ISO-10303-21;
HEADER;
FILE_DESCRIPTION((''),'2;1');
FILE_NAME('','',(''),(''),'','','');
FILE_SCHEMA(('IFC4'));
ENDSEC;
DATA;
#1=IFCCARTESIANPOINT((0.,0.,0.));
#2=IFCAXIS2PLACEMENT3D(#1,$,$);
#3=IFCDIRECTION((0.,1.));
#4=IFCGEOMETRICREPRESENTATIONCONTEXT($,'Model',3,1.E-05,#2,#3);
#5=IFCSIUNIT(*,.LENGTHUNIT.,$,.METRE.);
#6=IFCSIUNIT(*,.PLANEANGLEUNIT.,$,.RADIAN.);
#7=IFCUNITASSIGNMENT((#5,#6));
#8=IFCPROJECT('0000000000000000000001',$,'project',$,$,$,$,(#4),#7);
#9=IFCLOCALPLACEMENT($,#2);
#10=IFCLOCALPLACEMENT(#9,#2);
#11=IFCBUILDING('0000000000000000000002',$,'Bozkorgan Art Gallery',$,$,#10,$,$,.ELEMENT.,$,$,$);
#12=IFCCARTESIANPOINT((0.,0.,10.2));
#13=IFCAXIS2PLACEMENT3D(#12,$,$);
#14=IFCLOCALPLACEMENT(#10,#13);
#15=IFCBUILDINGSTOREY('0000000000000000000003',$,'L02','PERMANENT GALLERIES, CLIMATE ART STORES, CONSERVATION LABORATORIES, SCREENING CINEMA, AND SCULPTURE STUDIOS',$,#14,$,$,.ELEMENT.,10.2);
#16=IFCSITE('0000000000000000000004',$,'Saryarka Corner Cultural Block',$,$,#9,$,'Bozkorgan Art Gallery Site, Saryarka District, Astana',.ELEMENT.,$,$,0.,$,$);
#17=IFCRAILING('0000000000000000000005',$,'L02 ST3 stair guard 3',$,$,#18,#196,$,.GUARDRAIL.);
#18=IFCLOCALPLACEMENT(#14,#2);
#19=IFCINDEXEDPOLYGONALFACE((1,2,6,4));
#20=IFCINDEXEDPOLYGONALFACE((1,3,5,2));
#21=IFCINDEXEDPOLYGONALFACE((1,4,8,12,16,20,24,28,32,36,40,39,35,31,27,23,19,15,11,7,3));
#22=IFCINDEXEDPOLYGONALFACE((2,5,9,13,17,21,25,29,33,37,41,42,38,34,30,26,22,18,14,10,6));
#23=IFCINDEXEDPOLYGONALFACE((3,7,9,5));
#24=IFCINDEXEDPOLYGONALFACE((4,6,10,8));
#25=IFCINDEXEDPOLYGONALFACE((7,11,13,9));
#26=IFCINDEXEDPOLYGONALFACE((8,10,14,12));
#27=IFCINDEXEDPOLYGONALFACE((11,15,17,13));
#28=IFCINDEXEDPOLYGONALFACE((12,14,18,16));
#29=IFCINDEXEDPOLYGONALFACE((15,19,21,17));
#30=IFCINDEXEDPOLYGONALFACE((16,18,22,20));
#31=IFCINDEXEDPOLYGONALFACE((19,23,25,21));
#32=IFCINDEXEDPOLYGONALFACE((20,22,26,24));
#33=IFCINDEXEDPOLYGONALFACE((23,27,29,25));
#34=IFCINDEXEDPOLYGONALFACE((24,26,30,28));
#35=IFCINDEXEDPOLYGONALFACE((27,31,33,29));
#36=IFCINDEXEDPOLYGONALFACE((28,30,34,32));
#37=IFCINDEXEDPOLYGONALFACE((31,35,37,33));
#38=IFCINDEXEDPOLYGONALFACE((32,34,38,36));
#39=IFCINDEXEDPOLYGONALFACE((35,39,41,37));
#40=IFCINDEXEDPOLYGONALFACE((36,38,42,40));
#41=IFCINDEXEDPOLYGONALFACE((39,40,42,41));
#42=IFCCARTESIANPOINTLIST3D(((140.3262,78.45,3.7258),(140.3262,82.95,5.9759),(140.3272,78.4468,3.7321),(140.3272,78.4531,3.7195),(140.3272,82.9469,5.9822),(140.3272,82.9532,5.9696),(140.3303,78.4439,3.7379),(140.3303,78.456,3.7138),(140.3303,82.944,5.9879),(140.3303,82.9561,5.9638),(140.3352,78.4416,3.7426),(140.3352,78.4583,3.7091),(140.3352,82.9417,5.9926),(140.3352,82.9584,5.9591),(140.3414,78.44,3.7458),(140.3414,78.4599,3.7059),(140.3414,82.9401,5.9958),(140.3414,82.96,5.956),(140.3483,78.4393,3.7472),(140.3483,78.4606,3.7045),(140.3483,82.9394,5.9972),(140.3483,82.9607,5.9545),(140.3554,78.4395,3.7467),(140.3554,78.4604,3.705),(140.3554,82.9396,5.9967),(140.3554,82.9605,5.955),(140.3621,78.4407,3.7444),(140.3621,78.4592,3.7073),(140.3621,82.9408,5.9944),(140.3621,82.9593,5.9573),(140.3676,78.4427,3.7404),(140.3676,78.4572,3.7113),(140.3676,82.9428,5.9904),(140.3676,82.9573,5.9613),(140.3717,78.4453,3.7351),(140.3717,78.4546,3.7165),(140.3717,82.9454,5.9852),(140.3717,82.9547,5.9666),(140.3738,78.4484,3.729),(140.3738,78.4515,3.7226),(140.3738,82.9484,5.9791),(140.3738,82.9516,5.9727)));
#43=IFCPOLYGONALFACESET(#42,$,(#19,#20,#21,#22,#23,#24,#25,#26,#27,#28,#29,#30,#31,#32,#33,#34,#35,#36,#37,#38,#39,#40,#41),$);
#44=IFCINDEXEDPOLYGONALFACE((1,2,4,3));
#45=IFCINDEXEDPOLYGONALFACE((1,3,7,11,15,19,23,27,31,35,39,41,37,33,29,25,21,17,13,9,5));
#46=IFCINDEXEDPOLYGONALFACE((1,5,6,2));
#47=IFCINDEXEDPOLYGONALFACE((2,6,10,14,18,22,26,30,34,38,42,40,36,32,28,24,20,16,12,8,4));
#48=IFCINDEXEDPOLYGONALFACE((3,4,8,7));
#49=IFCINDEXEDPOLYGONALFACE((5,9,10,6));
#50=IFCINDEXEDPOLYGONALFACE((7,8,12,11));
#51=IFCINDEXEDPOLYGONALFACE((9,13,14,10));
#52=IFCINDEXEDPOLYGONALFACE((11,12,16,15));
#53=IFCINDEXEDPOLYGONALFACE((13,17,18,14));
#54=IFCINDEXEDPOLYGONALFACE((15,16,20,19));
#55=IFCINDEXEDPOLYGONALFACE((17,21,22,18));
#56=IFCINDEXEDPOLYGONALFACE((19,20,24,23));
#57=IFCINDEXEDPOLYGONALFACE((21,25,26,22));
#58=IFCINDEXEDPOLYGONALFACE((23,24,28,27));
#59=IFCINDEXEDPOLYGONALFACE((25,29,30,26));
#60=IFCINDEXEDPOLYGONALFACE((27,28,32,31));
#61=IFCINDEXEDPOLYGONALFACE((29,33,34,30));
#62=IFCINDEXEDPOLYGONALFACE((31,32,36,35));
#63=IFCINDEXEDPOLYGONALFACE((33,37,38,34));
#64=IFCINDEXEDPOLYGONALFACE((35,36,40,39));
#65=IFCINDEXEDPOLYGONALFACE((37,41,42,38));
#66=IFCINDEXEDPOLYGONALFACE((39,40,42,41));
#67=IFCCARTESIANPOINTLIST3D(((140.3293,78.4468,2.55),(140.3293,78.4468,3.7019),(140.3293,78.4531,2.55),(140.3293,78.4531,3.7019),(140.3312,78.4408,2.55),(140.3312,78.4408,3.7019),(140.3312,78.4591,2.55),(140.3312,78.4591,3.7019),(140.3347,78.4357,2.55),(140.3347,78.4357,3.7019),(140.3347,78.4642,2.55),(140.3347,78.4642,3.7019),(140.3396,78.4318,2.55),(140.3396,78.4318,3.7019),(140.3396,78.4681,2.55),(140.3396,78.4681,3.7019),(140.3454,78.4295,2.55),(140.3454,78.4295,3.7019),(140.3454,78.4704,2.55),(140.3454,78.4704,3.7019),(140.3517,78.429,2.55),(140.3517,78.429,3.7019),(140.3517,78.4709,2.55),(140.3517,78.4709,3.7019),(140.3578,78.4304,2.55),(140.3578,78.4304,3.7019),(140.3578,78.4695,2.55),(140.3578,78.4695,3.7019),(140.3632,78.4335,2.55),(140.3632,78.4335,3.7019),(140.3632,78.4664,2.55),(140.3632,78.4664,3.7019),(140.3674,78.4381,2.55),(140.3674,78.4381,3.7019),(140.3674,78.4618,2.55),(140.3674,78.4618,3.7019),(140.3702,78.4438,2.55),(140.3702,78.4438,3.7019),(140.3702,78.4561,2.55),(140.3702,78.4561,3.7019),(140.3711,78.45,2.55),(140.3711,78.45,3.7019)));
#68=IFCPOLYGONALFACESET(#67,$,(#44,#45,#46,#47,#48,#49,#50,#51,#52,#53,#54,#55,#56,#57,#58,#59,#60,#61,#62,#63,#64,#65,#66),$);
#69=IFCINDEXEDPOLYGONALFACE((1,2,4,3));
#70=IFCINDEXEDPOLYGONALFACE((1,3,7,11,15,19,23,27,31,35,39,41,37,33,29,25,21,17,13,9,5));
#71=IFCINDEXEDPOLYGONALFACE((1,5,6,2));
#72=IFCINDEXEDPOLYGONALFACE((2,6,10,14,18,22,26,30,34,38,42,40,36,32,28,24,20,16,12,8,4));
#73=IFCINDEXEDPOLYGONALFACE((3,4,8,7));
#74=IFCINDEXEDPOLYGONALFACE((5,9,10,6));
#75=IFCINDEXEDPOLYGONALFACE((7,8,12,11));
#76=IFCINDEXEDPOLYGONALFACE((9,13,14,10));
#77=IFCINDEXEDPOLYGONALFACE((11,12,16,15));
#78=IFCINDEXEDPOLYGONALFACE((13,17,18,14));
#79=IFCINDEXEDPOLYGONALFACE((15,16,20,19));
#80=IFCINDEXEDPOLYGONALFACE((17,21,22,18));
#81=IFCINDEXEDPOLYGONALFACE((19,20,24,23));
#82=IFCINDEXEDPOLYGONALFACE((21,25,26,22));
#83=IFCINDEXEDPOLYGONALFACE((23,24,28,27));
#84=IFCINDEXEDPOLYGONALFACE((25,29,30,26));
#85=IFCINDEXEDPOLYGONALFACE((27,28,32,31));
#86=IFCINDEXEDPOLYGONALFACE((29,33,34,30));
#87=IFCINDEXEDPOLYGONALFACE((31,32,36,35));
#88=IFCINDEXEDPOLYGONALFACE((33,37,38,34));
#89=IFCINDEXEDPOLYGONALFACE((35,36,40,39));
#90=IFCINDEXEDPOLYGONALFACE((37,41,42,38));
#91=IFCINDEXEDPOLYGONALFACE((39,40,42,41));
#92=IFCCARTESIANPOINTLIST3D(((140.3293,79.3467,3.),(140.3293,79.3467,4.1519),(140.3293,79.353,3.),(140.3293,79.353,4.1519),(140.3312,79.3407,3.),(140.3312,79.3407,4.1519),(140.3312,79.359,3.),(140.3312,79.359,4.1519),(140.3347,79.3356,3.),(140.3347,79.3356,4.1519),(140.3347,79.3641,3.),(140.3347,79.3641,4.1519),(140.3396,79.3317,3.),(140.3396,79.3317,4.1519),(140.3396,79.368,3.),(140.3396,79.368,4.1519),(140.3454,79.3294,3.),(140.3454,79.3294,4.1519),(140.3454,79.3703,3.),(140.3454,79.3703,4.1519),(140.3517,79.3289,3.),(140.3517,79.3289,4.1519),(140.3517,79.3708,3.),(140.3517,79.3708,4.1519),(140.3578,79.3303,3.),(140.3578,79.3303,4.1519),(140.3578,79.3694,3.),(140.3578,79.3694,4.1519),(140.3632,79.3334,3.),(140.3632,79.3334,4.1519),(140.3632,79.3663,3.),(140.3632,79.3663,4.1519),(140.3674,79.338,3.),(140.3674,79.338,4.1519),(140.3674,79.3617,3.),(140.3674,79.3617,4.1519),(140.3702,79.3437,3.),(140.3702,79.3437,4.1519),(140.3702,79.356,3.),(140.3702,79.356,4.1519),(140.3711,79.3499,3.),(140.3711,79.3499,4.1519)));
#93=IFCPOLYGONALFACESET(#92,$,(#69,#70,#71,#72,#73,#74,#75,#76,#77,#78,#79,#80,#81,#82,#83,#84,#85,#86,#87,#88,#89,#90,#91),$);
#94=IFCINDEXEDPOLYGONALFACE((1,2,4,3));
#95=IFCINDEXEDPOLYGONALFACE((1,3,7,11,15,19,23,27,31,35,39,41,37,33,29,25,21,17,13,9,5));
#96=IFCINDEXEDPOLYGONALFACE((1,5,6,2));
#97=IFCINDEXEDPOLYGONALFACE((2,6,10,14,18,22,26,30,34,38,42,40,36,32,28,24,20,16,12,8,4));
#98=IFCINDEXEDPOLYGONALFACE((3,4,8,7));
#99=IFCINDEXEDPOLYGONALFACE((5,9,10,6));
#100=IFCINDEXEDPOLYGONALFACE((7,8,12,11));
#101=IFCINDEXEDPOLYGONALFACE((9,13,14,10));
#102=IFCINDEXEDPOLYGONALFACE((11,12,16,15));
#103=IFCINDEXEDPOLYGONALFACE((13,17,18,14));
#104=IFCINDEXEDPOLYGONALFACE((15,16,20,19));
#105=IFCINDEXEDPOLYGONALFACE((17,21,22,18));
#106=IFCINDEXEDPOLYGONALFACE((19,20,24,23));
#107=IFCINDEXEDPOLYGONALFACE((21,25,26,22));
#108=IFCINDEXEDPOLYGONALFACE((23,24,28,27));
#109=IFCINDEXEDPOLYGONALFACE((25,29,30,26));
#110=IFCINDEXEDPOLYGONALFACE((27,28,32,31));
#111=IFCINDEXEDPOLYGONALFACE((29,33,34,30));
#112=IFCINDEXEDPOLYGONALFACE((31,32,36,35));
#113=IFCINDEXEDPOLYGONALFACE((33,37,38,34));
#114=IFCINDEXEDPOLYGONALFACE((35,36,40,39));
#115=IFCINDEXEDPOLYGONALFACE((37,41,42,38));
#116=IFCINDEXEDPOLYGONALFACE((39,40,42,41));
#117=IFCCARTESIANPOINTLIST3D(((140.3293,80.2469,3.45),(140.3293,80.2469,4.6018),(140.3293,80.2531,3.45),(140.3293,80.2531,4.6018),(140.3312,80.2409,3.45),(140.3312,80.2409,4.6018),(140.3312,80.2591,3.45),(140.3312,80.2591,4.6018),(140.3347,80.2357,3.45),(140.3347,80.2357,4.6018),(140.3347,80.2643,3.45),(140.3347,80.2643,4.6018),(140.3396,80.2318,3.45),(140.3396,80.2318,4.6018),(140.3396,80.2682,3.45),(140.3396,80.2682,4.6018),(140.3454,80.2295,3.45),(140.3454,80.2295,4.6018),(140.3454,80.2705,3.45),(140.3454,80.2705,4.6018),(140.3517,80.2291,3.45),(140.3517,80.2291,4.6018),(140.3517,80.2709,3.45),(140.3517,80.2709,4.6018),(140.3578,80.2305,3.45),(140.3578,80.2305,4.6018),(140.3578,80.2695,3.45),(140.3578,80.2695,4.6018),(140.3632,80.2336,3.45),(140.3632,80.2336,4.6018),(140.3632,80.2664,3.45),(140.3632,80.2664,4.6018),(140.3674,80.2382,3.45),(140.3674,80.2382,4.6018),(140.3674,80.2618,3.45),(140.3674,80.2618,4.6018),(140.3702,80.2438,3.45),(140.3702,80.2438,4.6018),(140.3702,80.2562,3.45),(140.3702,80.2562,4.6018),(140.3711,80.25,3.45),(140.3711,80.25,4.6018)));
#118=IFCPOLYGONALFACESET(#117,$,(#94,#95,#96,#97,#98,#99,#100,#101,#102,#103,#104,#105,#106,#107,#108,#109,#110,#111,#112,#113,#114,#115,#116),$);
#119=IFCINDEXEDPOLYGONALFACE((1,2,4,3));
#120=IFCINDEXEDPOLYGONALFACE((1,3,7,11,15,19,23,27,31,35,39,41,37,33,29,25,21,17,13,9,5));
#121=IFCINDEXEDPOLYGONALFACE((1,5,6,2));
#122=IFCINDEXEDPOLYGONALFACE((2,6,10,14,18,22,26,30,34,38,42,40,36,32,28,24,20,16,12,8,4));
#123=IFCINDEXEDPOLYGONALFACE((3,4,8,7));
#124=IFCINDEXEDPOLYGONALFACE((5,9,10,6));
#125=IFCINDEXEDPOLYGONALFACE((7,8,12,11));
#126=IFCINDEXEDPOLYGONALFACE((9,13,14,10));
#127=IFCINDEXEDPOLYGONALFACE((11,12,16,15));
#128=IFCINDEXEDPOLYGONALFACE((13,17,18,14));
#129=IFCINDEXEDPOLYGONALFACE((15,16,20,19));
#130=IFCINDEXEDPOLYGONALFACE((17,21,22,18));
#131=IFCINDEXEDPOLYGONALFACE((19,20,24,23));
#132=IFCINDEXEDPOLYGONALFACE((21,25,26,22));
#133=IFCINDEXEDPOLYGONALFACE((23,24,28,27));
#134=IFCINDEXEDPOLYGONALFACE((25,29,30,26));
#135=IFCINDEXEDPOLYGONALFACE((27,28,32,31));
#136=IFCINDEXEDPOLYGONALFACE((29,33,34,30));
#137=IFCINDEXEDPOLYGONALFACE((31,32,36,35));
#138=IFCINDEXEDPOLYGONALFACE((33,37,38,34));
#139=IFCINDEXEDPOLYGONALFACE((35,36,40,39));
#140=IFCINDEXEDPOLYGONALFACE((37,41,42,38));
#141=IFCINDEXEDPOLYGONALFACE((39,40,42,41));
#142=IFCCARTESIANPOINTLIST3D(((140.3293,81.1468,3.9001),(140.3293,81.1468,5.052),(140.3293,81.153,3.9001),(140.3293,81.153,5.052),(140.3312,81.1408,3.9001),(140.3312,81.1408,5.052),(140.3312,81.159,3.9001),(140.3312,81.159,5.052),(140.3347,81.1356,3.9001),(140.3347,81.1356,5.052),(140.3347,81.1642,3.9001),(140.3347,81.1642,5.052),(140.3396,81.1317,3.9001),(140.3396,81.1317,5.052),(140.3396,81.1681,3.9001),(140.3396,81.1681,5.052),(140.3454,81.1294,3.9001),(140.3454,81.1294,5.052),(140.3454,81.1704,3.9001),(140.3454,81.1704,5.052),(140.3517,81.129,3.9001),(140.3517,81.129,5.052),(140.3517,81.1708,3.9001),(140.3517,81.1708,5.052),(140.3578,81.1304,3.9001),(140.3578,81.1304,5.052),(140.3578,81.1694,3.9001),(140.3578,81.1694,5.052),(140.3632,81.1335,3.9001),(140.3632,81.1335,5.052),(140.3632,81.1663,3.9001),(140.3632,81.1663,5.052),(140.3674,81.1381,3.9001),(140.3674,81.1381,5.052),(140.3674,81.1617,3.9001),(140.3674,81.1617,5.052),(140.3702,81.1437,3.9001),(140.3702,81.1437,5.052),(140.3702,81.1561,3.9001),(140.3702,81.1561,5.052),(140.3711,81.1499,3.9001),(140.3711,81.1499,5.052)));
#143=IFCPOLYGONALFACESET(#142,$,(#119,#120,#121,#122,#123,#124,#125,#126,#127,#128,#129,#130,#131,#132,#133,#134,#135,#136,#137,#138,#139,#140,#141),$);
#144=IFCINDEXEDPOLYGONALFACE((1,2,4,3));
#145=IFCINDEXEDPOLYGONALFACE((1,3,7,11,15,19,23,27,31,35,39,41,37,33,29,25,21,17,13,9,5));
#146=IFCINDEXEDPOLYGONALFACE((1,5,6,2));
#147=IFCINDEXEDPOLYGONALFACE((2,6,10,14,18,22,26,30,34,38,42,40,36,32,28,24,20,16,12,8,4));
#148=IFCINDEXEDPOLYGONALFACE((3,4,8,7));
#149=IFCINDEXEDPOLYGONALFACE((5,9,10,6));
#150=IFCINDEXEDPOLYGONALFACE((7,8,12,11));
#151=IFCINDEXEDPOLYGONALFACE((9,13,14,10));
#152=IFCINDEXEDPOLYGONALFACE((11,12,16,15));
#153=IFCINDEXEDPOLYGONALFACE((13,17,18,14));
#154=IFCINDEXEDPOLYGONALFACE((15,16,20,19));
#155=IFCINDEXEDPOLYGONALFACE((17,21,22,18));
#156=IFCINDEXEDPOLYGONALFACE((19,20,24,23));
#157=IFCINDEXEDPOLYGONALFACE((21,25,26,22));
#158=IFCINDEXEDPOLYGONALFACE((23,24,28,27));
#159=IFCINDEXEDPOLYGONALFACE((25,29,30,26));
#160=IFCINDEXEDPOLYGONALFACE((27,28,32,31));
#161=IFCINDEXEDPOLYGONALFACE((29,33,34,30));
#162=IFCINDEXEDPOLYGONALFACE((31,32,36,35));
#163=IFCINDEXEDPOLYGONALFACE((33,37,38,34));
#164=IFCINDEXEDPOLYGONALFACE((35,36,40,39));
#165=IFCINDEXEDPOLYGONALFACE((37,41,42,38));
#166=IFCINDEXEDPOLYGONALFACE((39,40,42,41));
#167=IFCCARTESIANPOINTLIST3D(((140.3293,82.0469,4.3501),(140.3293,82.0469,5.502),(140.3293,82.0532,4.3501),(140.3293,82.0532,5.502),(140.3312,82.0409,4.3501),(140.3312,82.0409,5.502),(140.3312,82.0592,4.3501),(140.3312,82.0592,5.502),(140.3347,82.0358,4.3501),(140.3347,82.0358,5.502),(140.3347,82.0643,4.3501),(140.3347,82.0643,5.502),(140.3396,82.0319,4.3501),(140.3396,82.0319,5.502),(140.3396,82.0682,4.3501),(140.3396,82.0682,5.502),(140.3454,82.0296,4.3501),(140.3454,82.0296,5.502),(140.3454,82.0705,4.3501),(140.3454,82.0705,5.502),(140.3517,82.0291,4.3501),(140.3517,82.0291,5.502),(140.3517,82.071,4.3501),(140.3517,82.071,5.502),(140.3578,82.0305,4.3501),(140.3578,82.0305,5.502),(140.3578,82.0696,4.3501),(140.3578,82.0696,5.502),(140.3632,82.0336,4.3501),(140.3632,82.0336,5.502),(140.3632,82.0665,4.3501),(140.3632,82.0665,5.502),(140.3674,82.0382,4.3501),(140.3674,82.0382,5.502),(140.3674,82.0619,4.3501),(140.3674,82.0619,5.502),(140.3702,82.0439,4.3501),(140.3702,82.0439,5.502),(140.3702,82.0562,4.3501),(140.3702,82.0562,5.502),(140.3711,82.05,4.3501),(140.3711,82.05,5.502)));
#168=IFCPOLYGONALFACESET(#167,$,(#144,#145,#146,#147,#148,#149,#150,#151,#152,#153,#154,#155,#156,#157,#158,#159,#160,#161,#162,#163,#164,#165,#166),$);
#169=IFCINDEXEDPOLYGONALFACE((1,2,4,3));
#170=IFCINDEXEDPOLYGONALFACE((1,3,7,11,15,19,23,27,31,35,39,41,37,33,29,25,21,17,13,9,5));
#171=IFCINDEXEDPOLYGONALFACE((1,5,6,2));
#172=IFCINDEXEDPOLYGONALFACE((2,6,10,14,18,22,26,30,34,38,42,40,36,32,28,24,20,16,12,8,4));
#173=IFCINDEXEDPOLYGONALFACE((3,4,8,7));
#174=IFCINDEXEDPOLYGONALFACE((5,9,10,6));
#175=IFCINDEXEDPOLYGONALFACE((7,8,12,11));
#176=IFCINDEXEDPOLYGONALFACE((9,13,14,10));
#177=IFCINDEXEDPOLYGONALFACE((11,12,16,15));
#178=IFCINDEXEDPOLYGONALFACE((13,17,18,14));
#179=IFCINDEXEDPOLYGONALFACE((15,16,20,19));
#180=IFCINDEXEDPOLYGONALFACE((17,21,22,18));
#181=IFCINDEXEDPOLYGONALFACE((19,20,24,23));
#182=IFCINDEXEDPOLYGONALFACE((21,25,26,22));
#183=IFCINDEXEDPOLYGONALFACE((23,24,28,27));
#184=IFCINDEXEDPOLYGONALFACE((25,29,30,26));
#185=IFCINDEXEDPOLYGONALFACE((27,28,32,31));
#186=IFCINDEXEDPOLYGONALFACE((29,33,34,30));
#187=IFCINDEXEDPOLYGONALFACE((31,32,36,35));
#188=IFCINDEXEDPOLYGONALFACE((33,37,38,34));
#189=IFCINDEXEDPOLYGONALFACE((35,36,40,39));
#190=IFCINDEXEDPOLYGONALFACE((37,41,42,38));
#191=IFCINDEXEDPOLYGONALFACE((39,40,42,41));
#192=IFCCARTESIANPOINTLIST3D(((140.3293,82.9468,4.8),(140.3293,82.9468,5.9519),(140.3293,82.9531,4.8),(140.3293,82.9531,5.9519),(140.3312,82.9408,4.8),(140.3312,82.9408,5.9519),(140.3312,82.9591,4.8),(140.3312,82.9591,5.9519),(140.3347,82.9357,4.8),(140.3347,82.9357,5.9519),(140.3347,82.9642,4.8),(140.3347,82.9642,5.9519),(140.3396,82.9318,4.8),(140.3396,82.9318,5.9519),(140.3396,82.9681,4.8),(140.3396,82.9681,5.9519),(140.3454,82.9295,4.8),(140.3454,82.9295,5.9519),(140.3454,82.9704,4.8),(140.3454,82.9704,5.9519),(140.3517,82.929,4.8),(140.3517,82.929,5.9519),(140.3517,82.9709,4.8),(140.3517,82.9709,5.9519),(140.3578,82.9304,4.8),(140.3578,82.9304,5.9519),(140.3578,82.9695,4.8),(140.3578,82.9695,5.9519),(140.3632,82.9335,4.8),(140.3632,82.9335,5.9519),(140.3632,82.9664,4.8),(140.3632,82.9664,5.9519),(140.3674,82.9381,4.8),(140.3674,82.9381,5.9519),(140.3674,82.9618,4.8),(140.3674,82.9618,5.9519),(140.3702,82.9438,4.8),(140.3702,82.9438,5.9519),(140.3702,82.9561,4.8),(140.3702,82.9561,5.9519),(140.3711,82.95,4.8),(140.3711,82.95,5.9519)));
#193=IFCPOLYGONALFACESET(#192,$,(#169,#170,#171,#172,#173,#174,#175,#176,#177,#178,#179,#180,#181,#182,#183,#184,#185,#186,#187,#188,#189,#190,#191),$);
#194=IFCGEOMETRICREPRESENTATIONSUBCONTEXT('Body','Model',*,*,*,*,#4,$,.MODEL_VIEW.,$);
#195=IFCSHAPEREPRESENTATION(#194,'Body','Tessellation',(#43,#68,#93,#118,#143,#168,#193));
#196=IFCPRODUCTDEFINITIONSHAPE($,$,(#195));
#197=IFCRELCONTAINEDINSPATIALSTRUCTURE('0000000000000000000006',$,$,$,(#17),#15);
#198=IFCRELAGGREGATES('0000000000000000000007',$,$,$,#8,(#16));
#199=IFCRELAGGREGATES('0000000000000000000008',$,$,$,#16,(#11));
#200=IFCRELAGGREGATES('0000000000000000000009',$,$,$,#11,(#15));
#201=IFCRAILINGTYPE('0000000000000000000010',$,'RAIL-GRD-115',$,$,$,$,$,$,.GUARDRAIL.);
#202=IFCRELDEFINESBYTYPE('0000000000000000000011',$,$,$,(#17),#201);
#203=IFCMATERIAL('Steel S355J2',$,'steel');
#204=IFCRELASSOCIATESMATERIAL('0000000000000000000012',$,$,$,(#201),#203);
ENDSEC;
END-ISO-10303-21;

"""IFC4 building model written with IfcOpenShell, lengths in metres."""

from ifc_helpers import new_model, si_unit, direction, frame, origin, origin_2d, place, context, subcontext, project, spatial, circle, extrude, material, type_object, element, save


model = new_model("IFC4")

# Units and contexts
model_context = context("Model", 3, precision=1e-05, world=origin(), true_north=direction((0.0, 1.0)))
body_context = subcontext(model_context, "Body", "Model", "MODEL_VIEW")
ifc_project = project(units=[si_unit("LENGTHUNIT", "METRE"), si_unit("PLANEANGLEUNIT", "RADIAN")], contexts=[model_context])

# Site, building, storey
site_placement = place(None, origin())
site = spatial("IfcSite", under=ifc_project, at=site_placement, Name="Saryarka Corner Cultural Block", LongName="Bozkorgan Art Gallery Site, Saryarka District, Astana", CompositionType="ELEMENT", RefElevation=0.0)
building_placement = place(site_placement, origin())
building = spatial("IfcBuilding", under=site, at=building_placement, Name="Bozkorgan Art Gallery", CompositionType="ELEMENT")
storey_placement = place(building_placement, frame((0.0, 0.0, 10.2)))
storey = spatial("IfcBuildingStorey", under=building, at=storey_placement, Name="L02", Description="PERMANENT GALLERIES, CLIMATE ART STORES, CONSERVATION LABORATORIES, SCREENING CINEMA, AND SCULPTURE STUDIOS", CompositionType="ELEMENT", Elevation=10.2)

# Shared definitions
ifc_material_1 = material(Name="Steel S355J2", Category="steel")

# Railing
railing_type_1 = type_object("IfcRailingType", Name="RAIL-GRD-115", PredefinedType="GUARDRAIL", material=ifc_material_1)
railing_1_placement = place(storey_placement, frame((140.3501, 78.45, 2.55)))
element("IfcRailing", 1, at=railing_1_placement, inside=storey, type_object=railing_type_1, Name="L02 ST3 stair guard 3", PredefinedType="GUARDRAIL", context=body_context, shape_type="SweptSolid", body=[
    extrude(circle(Radius=0.0239, at=origin_2d()), frame((0.0, 0.0, 1.1758), z_axis=(0.0, 0.894427, 0.447214), x_axis=(-1.0, 0.0, 0.0)), (0.0, 0.0, 1.0), 5.0312),
    extrude(circle(Radius=0.021, at=origin_2d()), origin(), (0.0, 0.0, 1.0), 1.1519),
    extrude(circle(Radius=0.021, at=origin_2d()), frame((0.0, 0.8999, 0.45)), (0.0, 0.0, 1.0), 1.1519),
    extrude(circle(Radius=0.021, at=origin_2d()), frame((0.0, 1.8, 0.8999)), (0.0, 0.0, 1.0), 1.1519),
    extrude(circle(Radius=0.021, at=origin_2d()), frame((0.0, 2.7, 1.3501)), (0.0, 0.0, 1.0), 1.1519),
    extrude(circle(Radius=0.021, at=origin_2d()), frame((0.0, 3.6001, 1.8)), (0.0, 0.0, 1.0), 1.1519),
    extrude(circle(Radius=0.021, at=origin_2d()), frame((0.0, 4.5, 2.25)), (0.0, 0.0, 1.0), 1.1519),
])

save(model, "model.ifc")
